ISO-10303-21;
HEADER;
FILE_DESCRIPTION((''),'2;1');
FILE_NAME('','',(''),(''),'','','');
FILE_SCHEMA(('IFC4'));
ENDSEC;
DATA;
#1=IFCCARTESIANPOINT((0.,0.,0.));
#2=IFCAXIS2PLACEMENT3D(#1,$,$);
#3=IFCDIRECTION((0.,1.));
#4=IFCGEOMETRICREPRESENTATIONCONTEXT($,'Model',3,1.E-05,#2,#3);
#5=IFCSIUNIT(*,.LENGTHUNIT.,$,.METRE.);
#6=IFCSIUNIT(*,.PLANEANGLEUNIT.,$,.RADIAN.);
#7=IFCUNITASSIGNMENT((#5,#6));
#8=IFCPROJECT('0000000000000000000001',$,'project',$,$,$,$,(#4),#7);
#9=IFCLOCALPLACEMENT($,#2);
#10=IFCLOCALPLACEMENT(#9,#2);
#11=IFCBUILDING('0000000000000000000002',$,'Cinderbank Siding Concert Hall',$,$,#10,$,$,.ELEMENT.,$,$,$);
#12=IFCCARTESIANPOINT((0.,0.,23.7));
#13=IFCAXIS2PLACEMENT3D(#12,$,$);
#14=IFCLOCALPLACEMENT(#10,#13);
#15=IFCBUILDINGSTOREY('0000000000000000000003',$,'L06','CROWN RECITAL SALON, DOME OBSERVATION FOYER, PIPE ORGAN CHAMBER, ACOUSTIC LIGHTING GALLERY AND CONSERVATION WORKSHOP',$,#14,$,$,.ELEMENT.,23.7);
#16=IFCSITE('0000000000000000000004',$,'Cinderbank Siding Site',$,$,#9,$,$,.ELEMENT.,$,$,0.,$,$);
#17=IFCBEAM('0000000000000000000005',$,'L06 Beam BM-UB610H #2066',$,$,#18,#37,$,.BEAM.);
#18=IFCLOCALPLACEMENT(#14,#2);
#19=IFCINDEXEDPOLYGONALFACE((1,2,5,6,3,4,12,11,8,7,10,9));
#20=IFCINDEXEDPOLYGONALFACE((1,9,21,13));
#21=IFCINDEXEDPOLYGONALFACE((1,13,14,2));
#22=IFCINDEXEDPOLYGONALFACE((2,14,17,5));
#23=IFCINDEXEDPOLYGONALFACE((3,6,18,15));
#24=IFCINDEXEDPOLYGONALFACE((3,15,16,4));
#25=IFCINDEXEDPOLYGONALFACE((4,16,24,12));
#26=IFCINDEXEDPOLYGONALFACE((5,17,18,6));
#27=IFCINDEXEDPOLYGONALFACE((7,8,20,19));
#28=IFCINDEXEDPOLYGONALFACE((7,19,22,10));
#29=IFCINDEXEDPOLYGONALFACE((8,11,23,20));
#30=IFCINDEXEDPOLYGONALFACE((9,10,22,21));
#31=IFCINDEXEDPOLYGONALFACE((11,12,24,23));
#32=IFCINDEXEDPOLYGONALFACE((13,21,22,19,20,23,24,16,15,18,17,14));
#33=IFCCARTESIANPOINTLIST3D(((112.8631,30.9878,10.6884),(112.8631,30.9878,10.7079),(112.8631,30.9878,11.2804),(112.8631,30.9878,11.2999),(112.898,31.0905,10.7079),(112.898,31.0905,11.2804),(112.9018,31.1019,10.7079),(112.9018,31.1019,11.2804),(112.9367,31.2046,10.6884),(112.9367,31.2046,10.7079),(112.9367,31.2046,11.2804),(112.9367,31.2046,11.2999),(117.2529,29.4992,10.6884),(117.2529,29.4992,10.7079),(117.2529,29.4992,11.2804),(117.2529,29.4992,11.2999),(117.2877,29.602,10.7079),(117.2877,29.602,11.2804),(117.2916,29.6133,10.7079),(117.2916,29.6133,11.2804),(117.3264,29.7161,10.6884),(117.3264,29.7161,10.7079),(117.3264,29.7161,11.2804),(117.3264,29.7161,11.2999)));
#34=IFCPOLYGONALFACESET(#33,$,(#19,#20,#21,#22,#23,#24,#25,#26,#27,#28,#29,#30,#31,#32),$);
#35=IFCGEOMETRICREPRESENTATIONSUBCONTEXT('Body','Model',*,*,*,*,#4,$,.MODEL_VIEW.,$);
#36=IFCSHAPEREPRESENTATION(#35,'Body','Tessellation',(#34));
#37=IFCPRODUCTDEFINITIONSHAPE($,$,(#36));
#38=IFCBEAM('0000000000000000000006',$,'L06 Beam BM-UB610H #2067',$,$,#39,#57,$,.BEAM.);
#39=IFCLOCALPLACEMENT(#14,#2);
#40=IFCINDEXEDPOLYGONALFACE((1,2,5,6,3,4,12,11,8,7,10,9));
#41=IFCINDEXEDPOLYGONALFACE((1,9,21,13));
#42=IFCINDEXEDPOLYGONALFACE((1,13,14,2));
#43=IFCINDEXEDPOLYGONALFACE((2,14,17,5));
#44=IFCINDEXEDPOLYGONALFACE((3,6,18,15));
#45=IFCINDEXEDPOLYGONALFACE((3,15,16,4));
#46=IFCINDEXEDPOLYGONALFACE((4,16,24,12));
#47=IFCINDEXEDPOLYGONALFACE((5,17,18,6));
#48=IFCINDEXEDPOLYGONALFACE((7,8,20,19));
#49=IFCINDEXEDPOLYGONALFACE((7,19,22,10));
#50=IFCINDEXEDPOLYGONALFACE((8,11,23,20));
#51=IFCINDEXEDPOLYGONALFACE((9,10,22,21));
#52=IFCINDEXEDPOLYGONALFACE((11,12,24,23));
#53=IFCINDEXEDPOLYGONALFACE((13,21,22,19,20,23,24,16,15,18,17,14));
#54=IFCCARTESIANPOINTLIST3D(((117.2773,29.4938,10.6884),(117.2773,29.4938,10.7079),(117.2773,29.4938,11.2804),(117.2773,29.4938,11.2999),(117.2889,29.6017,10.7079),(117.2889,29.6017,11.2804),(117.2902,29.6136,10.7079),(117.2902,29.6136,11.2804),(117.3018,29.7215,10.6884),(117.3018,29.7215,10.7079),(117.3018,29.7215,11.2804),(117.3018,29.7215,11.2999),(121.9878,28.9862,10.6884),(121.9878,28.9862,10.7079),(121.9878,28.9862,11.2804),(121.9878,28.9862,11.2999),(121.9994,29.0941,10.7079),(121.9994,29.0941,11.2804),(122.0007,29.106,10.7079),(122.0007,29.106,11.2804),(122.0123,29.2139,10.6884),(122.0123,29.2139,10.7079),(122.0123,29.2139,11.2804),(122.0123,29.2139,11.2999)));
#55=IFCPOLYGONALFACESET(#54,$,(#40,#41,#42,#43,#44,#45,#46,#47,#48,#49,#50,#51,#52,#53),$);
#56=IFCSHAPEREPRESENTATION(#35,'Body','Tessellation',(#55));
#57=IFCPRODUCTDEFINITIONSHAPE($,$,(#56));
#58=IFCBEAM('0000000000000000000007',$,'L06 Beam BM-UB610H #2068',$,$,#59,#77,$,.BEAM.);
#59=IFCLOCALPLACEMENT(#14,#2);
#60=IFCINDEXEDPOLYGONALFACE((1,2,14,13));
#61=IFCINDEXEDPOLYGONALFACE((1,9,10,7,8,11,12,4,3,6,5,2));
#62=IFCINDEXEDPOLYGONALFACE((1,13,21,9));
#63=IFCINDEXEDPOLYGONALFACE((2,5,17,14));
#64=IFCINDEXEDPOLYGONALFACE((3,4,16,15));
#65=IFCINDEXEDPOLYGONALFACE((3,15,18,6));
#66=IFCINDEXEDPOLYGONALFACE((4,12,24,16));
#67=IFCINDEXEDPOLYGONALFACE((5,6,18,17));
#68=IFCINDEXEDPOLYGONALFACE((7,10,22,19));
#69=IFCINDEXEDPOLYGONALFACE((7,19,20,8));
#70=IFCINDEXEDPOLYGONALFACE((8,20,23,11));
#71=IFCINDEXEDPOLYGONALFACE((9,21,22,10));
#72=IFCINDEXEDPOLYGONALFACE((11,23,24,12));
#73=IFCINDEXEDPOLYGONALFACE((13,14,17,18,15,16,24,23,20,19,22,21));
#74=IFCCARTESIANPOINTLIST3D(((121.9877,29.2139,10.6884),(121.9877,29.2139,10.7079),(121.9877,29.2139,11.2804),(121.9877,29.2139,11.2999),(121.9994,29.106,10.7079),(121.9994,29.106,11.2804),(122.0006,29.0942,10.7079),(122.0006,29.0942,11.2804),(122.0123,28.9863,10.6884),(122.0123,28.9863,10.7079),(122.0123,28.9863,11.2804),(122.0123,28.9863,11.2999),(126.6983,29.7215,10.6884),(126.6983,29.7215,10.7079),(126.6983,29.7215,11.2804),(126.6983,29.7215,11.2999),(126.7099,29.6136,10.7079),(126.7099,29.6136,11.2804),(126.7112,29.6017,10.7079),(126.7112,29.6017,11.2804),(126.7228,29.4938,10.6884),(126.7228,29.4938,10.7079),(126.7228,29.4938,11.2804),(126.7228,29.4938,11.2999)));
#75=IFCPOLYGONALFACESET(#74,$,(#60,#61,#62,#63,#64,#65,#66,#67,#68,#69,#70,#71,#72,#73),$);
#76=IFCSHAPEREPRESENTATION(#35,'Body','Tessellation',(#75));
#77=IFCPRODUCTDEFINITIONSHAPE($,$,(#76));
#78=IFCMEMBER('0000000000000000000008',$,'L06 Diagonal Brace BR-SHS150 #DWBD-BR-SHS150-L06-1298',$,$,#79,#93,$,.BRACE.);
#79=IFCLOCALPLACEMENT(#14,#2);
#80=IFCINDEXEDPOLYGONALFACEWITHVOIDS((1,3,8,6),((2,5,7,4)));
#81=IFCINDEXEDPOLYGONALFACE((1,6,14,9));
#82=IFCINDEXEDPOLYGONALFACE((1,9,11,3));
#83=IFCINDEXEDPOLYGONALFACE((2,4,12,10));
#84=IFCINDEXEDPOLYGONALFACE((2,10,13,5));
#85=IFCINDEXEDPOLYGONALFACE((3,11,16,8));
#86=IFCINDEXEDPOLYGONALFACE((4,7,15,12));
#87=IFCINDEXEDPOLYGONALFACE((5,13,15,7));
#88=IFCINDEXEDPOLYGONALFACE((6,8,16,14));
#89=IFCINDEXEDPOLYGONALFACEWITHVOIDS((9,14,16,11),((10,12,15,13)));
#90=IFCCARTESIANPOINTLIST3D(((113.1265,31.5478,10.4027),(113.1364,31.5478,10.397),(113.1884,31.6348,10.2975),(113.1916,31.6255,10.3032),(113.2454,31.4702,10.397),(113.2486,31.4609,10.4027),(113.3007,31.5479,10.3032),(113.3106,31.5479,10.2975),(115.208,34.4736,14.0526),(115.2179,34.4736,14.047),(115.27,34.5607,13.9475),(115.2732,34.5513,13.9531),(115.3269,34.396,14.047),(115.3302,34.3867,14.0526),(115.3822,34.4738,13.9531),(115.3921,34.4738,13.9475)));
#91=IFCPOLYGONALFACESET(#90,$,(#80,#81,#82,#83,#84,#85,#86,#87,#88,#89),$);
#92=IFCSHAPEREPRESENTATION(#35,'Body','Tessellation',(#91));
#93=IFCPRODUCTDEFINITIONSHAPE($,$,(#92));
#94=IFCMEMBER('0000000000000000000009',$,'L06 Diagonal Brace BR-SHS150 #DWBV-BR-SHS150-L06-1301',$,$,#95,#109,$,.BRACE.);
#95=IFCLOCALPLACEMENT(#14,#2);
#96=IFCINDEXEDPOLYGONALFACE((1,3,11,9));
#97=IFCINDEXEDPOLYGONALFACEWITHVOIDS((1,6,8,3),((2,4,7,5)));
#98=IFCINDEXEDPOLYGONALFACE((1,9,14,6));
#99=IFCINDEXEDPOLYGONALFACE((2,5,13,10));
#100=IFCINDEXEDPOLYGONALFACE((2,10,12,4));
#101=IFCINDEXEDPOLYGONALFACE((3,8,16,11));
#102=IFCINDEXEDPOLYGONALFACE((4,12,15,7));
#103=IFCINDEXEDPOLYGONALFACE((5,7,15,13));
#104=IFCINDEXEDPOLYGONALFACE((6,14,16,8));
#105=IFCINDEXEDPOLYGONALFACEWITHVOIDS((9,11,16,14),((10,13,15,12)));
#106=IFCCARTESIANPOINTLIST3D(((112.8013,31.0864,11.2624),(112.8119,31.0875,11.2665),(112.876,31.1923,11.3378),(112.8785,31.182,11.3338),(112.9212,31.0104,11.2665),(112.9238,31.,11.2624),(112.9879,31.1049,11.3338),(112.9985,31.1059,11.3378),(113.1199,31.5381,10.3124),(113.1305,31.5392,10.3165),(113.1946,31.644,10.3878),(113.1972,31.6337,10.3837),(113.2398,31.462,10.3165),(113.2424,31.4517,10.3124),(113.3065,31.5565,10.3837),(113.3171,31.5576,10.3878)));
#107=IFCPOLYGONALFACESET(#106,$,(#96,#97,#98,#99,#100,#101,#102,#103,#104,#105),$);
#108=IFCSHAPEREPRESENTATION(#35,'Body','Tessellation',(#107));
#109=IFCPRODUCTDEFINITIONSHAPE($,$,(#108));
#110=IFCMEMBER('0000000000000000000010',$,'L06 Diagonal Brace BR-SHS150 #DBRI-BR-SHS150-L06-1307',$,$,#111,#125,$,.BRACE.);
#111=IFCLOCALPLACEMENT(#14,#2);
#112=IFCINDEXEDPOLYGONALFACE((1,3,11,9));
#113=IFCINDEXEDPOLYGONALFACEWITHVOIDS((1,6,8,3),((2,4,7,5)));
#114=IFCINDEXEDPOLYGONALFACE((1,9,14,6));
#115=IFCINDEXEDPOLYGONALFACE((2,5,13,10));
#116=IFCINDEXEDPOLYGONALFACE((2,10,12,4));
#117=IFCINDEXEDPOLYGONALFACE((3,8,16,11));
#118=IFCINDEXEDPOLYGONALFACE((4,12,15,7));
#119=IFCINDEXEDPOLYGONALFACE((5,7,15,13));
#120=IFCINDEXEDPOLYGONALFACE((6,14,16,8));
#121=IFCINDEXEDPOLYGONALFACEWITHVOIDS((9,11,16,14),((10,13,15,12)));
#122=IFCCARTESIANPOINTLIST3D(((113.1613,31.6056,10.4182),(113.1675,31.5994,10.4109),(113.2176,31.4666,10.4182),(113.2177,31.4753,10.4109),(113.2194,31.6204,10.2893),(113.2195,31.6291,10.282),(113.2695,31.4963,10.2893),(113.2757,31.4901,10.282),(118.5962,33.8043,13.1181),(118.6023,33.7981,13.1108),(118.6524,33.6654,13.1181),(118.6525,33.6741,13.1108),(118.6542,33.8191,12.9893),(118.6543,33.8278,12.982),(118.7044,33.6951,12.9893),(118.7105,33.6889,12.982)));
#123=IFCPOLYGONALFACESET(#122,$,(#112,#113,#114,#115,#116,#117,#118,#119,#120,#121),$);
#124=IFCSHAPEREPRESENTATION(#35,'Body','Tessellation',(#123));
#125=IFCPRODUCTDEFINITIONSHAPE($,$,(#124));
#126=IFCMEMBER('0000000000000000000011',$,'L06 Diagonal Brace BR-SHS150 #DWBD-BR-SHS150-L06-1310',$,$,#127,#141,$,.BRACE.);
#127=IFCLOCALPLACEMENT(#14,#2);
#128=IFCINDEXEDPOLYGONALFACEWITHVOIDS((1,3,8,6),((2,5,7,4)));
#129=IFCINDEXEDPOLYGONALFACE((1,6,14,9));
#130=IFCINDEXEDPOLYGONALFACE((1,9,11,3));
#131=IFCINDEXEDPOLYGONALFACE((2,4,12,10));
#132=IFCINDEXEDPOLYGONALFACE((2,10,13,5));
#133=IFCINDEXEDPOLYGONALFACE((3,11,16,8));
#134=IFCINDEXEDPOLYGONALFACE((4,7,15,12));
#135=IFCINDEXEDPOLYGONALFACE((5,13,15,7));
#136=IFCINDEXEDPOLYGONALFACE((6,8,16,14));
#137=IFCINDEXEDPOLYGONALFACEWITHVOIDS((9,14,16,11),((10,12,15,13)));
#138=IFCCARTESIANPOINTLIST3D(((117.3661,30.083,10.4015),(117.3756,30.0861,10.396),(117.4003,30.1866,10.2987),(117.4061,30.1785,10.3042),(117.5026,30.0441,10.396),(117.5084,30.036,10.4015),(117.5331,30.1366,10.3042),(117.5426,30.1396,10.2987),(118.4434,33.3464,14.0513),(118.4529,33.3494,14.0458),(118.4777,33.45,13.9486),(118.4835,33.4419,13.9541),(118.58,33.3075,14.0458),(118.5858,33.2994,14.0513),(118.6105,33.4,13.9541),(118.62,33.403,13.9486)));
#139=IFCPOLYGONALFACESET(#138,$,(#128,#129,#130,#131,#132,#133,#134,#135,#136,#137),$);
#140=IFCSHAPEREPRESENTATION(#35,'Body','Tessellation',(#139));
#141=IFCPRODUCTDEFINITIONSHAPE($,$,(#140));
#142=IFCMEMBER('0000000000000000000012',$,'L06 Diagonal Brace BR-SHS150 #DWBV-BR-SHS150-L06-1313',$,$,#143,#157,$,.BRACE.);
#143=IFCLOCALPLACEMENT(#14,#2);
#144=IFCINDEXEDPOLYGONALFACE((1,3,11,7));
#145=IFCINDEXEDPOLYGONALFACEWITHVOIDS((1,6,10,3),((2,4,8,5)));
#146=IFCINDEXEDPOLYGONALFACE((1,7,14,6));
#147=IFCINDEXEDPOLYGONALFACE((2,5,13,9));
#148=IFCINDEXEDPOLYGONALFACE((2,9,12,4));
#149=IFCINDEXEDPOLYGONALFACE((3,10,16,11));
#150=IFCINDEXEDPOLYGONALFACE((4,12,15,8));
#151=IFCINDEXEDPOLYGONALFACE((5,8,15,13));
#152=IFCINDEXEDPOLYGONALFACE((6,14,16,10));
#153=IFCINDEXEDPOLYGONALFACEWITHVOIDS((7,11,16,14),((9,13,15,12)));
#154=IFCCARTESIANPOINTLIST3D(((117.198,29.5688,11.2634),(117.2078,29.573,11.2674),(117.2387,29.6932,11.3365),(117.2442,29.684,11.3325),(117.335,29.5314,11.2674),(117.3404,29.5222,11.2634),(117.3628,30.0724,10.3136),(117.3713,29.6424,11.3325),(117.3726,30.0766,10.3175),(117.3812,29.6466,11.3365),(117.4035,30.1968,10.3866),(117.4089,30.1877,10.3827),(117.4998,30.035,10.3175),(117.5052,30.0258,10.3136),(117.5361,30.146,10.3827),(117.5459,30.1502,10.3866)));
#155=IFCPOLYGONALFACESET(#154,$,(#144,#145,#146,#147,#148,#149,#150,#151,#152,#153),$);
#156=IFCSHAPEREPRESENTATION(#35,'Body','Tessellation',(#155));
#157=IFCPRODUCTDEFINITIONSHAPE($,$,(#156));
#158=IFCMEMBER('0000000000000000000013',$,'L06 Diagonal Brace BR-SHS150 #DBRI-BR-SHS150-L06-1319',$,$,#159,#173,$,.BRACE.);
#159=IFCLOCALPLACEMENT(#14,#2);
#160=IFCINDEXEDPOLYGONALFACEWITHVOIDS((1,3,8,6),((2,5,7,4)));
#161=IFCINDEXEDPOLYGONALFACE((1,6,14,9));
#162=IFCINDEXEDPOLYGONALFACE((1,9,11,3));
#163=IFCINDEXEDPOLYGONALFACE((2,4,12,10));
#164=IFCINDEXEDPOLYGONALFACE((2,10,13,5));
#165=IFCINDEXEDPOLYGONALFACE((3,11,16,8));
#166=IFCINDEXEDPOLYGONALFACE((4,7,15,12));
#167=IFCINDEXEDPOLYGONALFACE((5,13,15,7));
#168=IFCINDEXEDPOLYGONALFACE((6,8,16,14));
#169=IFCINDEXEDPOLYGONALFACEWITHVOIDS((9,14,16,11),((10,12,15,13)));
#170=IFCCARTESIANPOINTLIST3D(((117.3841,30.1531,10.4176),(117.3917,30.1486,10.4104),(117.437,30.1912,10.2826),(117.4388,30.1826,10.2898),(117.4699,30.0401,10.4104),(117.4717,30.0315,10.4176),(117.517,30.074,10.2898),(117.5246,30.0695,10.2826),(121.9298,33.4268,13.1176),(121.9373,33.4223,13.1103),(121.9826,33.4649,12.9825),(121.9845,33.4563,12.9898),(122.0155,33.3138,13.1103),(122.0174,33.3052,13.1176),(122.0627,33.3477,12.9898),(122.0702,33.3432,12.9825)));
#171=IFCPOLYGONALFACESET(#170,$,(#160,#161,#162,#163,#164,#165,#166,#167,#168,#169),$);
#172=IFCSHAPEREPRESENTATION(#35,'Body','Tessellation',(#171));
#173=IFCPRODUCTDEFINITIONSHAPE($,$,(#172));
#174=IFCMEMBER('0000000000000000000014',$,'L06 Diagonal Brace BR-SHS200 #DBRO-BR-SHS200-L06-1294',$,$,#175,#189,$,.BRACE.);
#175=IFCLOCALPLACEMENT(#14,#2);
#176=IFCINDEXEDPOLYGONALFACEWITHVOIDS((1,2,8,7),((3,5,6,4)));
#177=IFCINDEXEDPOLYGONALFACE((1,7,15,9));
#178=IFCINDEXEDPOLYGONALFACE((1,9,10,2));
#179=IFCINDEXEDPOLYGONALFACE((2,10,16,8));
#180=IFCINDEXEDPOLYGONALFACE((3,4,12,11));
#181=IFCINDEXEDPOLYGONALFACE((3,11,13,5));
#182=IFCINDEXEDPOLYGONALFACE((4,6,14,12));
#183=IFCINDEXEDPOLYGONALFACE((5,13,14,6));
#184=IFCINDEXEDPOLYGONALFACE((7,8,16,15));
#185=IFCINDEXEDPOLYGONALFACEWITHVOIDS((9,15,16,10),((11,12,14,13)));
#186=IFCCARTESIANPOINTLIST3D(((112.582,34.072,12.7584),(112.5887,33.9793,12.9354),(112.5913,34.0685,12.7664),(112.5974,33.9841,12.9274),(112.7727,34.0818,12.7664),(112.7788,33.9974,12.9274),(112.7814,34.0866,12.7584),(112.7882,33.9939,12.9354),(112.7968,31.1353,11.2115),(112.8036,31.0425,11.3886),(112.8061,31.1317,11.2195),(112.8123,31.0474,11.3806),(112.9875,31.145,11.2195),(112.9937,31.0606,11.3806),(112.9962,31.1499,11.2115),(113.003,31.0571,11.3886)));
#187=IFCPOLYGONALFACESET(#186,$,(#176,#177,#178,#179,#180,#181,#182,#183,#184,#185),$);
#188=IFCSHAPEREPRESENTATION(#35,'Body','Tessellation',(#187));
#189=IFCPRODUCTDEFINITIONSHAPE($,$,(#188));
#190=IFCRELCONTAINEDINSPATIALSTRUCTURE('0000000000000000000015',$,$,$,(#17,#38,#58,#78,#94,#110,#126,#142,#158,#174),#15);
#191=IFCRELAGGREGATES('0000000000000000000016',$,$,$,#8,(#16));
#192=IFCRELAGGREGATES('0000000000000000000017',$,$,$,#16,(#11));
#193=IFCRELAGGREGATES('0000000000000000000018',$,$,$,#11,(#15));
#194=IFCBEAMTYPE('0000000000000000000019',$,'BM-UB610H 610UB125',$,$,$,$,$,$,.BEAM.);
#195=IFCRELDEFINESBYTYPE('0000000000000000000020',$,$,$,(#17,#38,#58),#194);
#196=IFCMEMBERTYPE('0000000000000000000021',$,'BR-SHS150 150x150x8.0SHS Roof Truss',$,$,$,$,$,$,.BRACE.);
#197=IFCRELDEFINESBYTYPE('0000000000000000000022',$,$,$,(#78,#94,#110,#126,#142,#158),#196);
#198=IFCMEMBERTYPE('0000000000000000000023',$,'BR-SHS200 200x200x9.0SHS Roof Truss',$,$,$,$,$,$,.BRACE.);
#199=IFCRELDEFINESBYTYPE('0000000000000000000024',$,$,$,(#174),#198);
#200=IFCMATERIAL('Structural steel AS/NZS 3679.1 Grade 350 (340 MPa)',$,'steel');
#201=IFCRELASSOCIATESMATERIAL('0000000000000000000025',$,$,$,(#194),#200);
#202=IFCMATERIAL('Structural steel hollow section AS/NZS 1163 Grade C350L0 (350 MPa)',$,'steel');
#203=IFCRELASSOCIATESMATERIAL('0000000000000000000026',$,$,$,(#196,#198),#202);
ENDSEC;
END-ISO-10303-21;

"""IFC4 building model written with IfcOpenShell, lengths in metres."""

from ifc_helpers import new_model, si_unit, direction, frame, origin, origin_2d, place, context, subcontext, project, spatial, hollow_rectangle, i_section, extrude, material, material_profile, profile_set, type_object, element, save


model = new_model("IFC4")

# Units and contexts
model_context = context("Model", 3, precision=1e-05, world=origin(), true_north=direction((0.0, 1.0)))
body_context = subcontext(model_context, "Body", "Model", "MODEL_VIEW")
ifc_project = project(units=[si_unit("LENGTHUNIT", "METRE"), si_unit("PLANEANGLEUNIT", "RADIAN")], contexts=[model_context])

# Site, building, storey
site_placement = place(None, origin())
site = spatial("IfcSite", under=ifc_project, at=site_placement, Name="Cinderbank Siding Site", CompositionType="ELEMENT", RefElevation=0.0)
building_placement = place(site_placement, origin())
building = spatial("IfcBuilding", under=site, at=building_placement, Name="Cinderbank Siding Concert Hall", CompositionType="ELEMENT")
storey_placement = place(building_placement, frame((0.0, 0.0, 23.7)))
storey = spatial("IfcBuildingStorey", under=building, at=storey_placement, Name="L06", Description="CROWN RECITAL SALON, DOME OBSERVATION FOYER, PIPE ORGAN CHAMBER, ACOUSTIC LIGHTING GALLERY AND CONSERVATION WORKSHOP", CompositionType="ELEMENT", Elevation=23.7)

# Beams
ifc_material_1 = material(Name="Structural steel AS/NZS 3679.1 Grade 350 (340 MPa)", Category="steel")
ifc_material_profile_1 = material_profile(ifc_material_1, i_section(OverallWidth=0.229, OverallDepth=0.6116, WebThickness=0.012, FlangeThickness=0.0195, at=origin_2d()), Name="610UB125", Category="LoadBearing")
ifc_profile_set_1 = profile_set([ifc_material_profile_1], Name="Structural steel AS/NZS 3679.1 Grade 350 (340 MPa)")
beam_type = type_object("IfcBeamType", Name="BM-UB610H 610UB125", PredefinedType="BEAM", material=ifc_profile_set_1)
beam_placement = place(storey_placement, frame((112.8999, 31.0962, 10.9941), z_axis=(0.947032, -0.321138, 0.0), x_axis=(0.321138, 0.947032, 0.0)))
element("IfcBeam", 1, at=beam_placement, inside=storey, type_object=beam_type, Name="L06 Beam BM-UB610H #2066", PredefinedType="BEAM", context=body_context, shape_type="SweptSolid", body=[
    extrude(i_section(OverallWidth=0.229, OverallDepth=0.6116, WebThickness=0.012, FlangeThickness=0.0195, at=origin_2d()), origin(), (0.0, 0.0, 1.0), 4.6353),
])
for number, where, z_axis, x_axis, name in (
    (2, (117.2896, 29.6077, 10.9941), (0.994245, -0.107134, 0.0), (0.107134, 0.994245, 0.0), "L06 Beam BM-UB610H #2067"),
    (3, (122.0, 29.1001, 10.9941), (0.994245, 0.107134, 0.0), (-0.107134, 0.994245, 0.0), "L06 Beam BM-UB610H #2068"),
):
    element("IfcBeam", number, at=place(storey_placement, frame(where, z_axis=z_axis, x_axis=x_axis)), inside=storey, type_object=beam_type, Name=name, PredefinedType="BEAM", context=body_context, shape_type="SweptSolid", body=[
        extrude(i_section(OverallWidth=0.229, OverallDepth=0.6116, WebThickness=0.012, FlangeThickness=0.0195, at=origin_2d()), origin(), (0.0, 0.0, 1.0), 4.7378),
    ])

# Members
ifc_material_2 = material(Name="Structural steel hollow section AS/NZS 1163 Grade C350L0 (350 MPa)", Category="steel")
ifc_material_profile_2 = material_profile(ifc_material_2, hollow_rectangle(XDim=0.1499, YDim=0.1499, WallThickness=0.0081, at=origin_2d()), Name="150x150x8.0SHS", Category="LoadBearing")
ifc_profile_set_2 = profile_set([ifc_material_profile_2], Name="Structural steel hollow section AS/NZS 1163 Grade C350L0 (350 MPa)")
member_type_1 = type_object("IfcMemberType", Name="BR-SHS150 150x150x8.0SHS Roof Truss", PredefinedType="BRACE", material=ifc_profile_set_2)
member_1_placement = place(storey_placement, frame((113.2185, 31.5479, 10.3501), z_axis=(0.406548, 0.571437, 0.712866), x_axis=(-0.814825, 0.579706, 0.0)))
element("IfcMember", 4, at=member_1_placement, inside=storey, type_object=member_type_1, Name="L06 Diagonal Brace BR-SHS150 #DWBD-BR-SHS150-L06-1298", PredefinedType="BRACE", context=body_context, shape_type="SweptSolid", body=[
    extrude(hollow_rectangle(XDim=0.1499, YDim=0.1499, WallThickness=0.0081, at=origin_2d()), origin(), (0.0, 0.0, 1.0), 5.1201),
])
member_2_placement = place(storey_placement, frame((113.2185, 31.5479, 10.3501), z_axis=(-0.28989, -0.410955, 0.864338), x_axis=(0.817151, -0.576423, 0.0)))
element("IfcMember", 5, at=member_2_placement, inside=storey, type_object=member_type_1, Name="L06 Diagonal Brace BR-SHS150 #DWBV-BR-SHS150-L06-1301", PredefinedType="BRACE", context=body_context, shape_type="SweptSolid", body=[
    extrude(hollow_rectangle(XDim=0.1499, YDim=0.1499, WallThickness=0.0081, at=origin_2d()), origin(), (0.0, 0.0, 1.0), 1.0991),
])
member_3_placement = place(storey_placement, frame((113.2185, 31.5479, 10.3501), z_axis=(0.842011, 0.340648, 0.418301), x_axis=(-0.375035, 0.927011, 0.0)))
element("IfcMember", 6, at=member_3_placement, inside=storey, type_object=member_type_1, Name="L06 Diagonal Brace BR-SHS150 #DBRI-BR-SHS150-L06-1307", PredefinedType="BRACE", context=body_context, shape_type="SweptSolid", body=[
    extrude(hollow_rectangle(XDim=0.1499, YDim=0.1499, WallThickness=0.0081, at=origin_2d()), origin(), (0.0, 0.0, 1.0), 6.4546),
])
member_4_placement = place(storey_placement, frame((117.4543, 30.1113, 10.3501), z_axis=(0.21491, 0.650962, 0.728053), x_axis=(-0.949589, 0.313499, 0.0)))
element("IfcMember", 7, at=member_4_placement, inside=storey, type_object=member_type_1, Name="L06 Diagonal Brace BR-SHS150 #DWBD-BR-SHS150-L06-1310", PredefinedType="BRACE", context=body_context, shape_type="SweptSolid", body=[
    extrude(hollow_rectangle(XDim=0.1499, YDim=0.1499, WallThickness=0.0081, at=origin_2d()), origin(), (0.0, 0.0, 1.0), 5.0132),
])
member_5_placement = place(storey_placement, frame((117.4543, 30.1113, 10.3501), z_axis=(-0.151498, -0.463023, 0.873303), x_axis=(0.950419, -0.310971, 0.0)))
element("IfcMember", 8, at=member_5_placement, inside=storey, type_object=member_type_1, Name="L06 Diagonal Brace BR-SHS150 #DWBV-BR-SHS150-L06-1313", PredefinedType="BRACE", context=body_context, shape_type="SweptSolid", body=[
    extrude(hollow_rectangle(XDim=0.1499, YDim=0.1499, WallThickness=0.0081, at=origin_2d()), origin(), (0.0, 0.0, 1.0), 1.0876),
])
member_6_placement = place(storey_placement, frame((117.4543, 30.1113, 10.3501), z_axis=(0.730989, 0.526443, 0.434181), x_axis=(-0.5844, 0.811466, 0.0)))
element("IfcMember", 9, at=member_6_placement, inside=storey, type_object=member_type_1, Name="L06 Diagonal Brace BR-SHS150 #DBRI-BR-SHS150-L06-1319", PredefinedType="BRACE", context=body_context, shape_type="SweptSolid", body=[
    extrude(hollow_rectangle(XDim=0.1499, YDim=0.1499, WallThickness=0.0081, at=origin_2d()), origin(), (0.0, 0.0, 1.0), 6.2185),
])
ifc_material_profile_3 = material_profile(ifc_material_2, hollow_rectangle(XDim=0.2, YDim=0.2, WallThickness=0.009, at=origin_2d()), Name="200x200x9.0SHS", Category="LoadBearing")
ifc_profile_set_3 = profile_set([ifc_material_profile_3], Name="Structural steel hollow section AS/NZS 1163 Grade C350L0 (350 MPa)")
member_type_2 = type_object("IfcMemberType", Name="BR-SHS200 200x200x9.0SHS Roof Truss", PredefinedType="BRACE", material=ifc_profile_set_3)
member_7_placement = place(storey_placement, frame((112.8999, 31.0962, 11.3), z_axis=(-0.064591, 0.882921, 0.465058), x_axis=(-0.997335, -0.072962, 0.0)))
element("IfcMember", 10, at=member_7_placement, inside=storey, type_object=member_type_2, Name="L06 Diagonal Brace BR-SHS200 #DBRO-BR-SHS200-L06-1294", PredefinedType="BRACE", context=body_context, shape_type="SweptSolid", body=[
    extrude(hollow_rectangle(XDim=0.2, YDim=0.2, WallThickness=0.009, at=origin_2d()), origin(), (0.0, 0.0, 1.0), 3.3262),
])

save(model, "model.ifc")
